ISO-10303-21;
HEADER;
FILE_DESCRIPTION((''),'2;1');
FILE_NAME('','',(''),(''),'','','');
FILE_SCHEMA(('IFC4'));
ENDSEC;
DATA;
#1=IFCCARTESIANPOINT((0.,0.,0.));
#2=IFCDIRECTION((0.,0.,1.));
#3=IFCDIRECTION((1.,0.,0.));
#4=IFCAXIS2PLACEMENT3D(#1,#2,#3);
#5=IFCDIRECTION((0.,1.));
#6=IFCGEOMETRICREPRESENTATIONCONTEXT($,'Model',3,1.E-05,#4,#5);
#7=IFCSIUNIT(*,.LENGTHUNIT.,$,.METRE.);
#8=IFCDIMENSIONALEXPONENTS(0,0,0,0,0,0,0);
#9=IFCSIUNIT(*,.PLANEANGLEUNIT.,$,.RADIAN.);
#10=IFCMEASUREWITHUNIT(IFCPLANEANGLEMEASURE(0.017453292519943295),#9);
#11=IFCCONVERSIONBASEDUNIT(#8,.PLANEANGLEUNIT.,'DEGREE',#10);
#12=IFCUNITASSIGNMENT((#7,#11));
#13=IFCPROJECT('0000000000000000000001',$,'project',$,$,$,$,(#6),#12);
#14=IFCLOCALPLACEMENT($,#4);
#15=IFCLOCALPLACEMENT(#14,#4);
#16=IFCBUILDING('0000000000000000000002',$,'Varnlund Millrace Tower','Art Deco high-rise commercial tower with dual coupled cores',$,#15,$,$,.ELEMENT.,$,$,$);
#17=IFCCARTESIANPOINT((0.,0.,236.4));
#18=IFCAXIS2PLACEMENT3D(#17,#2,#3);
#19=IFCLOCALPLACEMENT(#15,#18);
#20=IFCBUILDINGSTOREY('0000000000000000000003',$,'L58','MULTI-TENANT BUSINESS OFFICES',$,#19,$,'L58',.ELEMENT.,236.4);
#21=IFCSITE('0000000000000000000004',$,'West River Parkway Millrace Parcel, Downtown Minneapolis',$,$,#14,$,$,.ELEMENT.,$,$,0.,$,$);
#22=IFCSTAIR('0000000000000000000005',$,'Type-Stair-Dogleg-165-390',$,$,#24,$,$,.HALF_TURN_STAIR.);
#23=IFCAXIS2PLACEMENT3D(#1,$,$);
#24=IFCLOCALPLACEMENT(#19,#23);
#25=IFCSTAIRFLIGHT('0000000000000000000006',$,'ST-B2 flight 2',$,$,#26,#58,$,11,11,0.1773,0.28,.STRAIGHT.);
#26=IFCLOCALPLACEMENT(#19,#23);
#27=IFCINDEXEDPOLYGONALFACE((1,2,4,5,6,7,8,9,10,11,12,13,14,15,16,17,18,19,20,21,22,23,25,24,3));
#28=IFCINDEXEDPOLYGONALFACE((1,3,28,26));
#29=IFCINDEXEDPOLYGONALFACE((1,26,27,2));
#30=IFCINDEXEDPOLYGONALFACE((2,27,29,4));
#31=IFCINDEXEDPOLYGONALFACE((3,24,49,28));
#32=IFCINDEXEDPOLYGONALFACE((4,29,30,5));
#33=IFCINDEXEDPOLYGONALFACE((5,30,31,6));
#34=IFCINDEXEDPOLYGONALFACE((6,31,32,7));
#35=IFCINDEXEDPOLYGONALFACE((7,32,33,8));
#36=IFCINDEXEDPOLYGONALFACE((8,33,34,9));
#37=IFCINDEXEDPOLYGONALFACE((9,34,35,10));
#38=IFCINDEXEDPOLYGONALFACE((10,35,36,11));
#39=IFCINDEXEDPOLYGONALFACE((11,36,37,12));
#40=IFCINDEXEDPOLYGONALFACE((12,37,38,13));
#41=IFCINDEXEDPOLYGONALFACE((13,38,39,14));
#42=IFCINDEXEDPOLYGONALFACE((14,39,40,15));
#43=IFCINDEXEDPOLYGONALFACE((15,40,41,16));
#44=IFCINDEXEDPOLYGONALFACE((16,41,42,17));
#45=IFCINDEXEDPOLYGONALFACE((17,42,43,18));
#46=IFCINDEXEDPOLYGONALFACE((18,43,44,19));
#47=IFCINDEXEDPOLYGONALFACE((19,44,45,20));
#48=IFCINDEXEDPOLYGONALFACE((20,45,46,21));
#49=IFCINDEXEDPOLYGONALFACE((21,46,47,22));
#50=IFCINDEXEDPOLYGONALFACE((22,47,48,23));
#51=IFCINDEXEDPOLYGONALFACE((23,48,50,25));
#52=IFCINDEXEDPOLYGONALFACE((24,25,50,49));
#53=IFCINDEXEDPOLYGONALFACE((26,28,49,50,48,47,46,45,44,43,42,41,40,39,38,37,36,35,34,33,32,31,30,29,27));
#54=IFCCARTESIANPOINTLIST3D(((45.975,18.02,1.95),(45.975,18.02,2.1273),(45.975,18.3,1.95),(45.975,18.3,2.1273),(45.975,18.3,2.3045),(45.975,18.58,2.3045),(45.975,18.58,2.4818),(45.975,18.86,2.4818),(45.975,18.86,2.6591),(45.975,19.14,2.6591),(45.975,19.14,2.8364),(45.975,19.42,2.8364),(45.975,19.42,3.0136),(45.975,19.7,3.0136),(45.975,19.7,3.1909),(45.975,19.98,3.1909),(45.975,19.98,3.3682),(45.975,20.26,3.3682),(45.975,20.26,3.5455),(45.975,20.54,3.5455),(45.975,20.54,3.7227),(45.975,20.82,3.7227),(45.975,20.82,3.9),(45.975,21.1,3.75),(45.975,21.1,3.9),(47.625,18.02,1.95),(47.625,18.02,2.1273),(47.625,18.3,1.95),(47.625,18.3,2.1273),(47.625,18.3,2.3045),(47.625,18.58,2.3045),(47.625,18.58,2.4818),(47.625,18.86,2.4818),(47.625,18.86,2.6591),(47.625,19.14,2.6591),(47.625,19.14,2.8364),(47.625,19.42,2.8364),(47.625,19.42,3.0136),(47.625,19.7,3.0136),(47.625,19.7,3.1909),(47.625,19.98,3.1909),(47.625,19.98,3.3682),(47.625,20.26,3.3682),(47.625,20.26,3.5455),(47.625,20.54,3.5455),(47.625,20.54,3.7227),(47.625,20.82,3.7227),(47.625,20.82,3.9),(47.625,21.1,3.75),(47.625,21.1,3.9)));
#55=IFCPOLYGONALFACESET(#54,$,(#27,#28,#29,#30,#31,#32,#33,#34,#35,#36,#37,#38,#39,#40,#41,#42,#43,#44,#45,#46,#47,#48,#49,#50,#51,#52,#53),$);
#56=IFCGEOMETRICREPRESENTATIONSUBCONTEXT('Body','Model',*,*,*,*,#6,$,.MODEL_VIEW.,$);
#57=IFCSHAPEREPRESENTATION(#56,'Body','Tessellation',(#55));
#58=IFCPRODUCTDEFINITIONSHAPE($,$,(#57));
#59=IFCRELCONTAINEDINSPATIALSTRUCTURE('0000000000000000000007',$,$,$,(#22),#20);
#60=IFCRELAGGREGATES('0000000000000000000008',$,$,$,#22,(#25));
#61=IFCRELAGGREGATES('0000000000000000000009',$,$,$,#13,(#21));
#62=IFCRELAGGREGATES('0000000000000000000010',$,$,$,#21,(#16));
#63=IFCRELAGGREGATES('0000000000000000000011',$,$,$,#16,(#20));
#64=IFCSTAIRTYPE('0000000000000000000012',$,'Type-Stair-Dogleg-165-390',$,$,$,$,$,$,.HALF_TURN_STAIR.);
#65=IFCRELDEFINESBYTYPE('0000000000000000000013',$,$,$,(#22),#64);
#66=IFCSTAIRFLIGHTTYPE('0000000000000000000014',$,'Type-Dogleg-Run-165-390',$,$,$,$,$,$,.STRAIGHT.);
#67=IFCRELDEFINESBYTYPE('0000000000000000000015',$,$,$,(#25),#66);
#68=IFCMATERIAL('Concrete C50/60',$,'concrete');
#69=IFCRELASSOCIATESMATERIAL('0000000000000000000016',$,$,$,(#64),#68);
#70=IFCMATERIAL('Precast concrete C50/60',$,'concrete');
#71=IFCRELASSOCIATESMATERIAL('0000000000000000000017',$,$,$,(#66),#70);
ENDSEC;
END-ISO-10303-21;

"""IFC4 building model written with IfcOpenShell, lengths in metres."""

from ifc_helpers import new_model, entity, si_unit, converted_unit, direction, frame, origin_with_axes, place, context, subcontext, project, spatial, polyline, outline, extrude, material, type_object, element, aggregate, save


model = new_model("IFC4")

# Units and contexts
model_context = context("Model", 3, precision=1e-05, world=origin_with_axes(), true_north=direction((0.0, 1.0)))
body_context = subcontext(model_context, "Body", "Model", "MODEL_VIEW")
ifc_project = project(units=[si_unit("LENGTHUNIT", "METRE"), converted_unit("PLANEANGLEUNIT", "DEGREE", entity("IfcPlaneAngleMeasure", 0.017453292519943295), si_unit("PLANEANGLEUNIT", "RADIAN"), dimensions=[0, 0, 0, 0, 0, 0, 0])], contexts=[model_context])

# Site, building, storey
site_placement = place(None, origin_with_axes())
site = spatial("IfcSite", under=ifc_project, at=site_placement, Name="West River Parkway Millrace Parcel, Downtown Minneapolis", CompositionType="ELEMENT", RefElevation=0.0)
building_placement = place(site_placement, origin_with_axes())
building = spatial("IfcBuilding", under=site, at=building_placement, Name="Varnlund Millrace Tower", Description="Art Deco high-rise commercial tower with dual coupled cores", CompositionType="ELEMENT")
storey_placement = place(building_placement, frame((0.0, 0.0, 236.4), z_axis=(0.0, 0.0, 1.0), x_axis=(1.0, 0.0, 0.0)))
storey = spatial("IfcBuildingStorey", under=building, at=storey_placement, Name="L58", Description="MULTI-TENANT BUSINESS OFFICES", LongName="L58", CompositionType="ELEMENT", Elevation=236.4)

# Shared definitions
ifc_material_1 = material(Name="Precast concrete C50/60", Category="concrete")

# Stair, stair flight
ifc_material_2 = material(Name="Concrete C50/60", Category="concrete")
stair_type = type_object("IfcStairType", Name="Type-Stair-Dogleg-165-390", PredefinedType="HALF_TURN_STAIR", material=ifc_material_2)
stair_placement = place(storey_placement, origin_with_axes())
stair = element("IfcStair", 1, at=stair_placement, inside=storey, type_object=stair_type, Name="Type-Stair-Dogleg-165-390", PredefinedType="HALF_TURN_STAIR")
stair_flight_type = type_object("IfcStairFlightType", Name="Type-Dogleg-Run-165-390", PredefinedType="STRAIGHT", material=ifc_material_1)
stair_flight_placement = place(storey_placement, frame((45.975, 18.02, 1.95), z_axis=(1.0, 0.0, 0.0), x_axis=(0.0, 1.0, 0.0)))
stair_flight = element("IfcStairFlight", 2, at=stair_flight_placement, type_object=stair_flight_type, Name="ST-B2 flight 2", NumberOfRisers=11, NumberOfTreads=11, PredefinedType="STRAIGHT", RiserHeight=0.1773, TreadLength=0.28, context=body_context, shape_type="SweptSolid", body=[
    extrude(outline(polyline([(0.0, 0.0), (0.0, 0.1773), (0.28, 0.1773), (0.28, 0.3545), (0.56, 0.3545), (0.56, 0.5318), (0.84, 0.5318), (0.84, 0.7091), (1.12, 0.7091), (1.12, 0.8864), (1.4, 0.8864), (1.4, 1.0636), (1.68, 1.0636), (1.68, 1.2409), (1.96, 1.2409), (1.96, 1.4182), (2.24, 1.4182), (2.24, 1.5955), (2.52, 1.5955), (2.52, 1.7727), (2.8, 1.7727), (2.8, 1.95), (3.08, 1.95), (3.08, 1.8), (0.28, 0.0), (0.0, 0.0)])), origin_with_axes(), (0.0, 0.0, 1.0), 1.65),
])
aggregate(stair, [stair_flight])

save(model, "model.ifc")
